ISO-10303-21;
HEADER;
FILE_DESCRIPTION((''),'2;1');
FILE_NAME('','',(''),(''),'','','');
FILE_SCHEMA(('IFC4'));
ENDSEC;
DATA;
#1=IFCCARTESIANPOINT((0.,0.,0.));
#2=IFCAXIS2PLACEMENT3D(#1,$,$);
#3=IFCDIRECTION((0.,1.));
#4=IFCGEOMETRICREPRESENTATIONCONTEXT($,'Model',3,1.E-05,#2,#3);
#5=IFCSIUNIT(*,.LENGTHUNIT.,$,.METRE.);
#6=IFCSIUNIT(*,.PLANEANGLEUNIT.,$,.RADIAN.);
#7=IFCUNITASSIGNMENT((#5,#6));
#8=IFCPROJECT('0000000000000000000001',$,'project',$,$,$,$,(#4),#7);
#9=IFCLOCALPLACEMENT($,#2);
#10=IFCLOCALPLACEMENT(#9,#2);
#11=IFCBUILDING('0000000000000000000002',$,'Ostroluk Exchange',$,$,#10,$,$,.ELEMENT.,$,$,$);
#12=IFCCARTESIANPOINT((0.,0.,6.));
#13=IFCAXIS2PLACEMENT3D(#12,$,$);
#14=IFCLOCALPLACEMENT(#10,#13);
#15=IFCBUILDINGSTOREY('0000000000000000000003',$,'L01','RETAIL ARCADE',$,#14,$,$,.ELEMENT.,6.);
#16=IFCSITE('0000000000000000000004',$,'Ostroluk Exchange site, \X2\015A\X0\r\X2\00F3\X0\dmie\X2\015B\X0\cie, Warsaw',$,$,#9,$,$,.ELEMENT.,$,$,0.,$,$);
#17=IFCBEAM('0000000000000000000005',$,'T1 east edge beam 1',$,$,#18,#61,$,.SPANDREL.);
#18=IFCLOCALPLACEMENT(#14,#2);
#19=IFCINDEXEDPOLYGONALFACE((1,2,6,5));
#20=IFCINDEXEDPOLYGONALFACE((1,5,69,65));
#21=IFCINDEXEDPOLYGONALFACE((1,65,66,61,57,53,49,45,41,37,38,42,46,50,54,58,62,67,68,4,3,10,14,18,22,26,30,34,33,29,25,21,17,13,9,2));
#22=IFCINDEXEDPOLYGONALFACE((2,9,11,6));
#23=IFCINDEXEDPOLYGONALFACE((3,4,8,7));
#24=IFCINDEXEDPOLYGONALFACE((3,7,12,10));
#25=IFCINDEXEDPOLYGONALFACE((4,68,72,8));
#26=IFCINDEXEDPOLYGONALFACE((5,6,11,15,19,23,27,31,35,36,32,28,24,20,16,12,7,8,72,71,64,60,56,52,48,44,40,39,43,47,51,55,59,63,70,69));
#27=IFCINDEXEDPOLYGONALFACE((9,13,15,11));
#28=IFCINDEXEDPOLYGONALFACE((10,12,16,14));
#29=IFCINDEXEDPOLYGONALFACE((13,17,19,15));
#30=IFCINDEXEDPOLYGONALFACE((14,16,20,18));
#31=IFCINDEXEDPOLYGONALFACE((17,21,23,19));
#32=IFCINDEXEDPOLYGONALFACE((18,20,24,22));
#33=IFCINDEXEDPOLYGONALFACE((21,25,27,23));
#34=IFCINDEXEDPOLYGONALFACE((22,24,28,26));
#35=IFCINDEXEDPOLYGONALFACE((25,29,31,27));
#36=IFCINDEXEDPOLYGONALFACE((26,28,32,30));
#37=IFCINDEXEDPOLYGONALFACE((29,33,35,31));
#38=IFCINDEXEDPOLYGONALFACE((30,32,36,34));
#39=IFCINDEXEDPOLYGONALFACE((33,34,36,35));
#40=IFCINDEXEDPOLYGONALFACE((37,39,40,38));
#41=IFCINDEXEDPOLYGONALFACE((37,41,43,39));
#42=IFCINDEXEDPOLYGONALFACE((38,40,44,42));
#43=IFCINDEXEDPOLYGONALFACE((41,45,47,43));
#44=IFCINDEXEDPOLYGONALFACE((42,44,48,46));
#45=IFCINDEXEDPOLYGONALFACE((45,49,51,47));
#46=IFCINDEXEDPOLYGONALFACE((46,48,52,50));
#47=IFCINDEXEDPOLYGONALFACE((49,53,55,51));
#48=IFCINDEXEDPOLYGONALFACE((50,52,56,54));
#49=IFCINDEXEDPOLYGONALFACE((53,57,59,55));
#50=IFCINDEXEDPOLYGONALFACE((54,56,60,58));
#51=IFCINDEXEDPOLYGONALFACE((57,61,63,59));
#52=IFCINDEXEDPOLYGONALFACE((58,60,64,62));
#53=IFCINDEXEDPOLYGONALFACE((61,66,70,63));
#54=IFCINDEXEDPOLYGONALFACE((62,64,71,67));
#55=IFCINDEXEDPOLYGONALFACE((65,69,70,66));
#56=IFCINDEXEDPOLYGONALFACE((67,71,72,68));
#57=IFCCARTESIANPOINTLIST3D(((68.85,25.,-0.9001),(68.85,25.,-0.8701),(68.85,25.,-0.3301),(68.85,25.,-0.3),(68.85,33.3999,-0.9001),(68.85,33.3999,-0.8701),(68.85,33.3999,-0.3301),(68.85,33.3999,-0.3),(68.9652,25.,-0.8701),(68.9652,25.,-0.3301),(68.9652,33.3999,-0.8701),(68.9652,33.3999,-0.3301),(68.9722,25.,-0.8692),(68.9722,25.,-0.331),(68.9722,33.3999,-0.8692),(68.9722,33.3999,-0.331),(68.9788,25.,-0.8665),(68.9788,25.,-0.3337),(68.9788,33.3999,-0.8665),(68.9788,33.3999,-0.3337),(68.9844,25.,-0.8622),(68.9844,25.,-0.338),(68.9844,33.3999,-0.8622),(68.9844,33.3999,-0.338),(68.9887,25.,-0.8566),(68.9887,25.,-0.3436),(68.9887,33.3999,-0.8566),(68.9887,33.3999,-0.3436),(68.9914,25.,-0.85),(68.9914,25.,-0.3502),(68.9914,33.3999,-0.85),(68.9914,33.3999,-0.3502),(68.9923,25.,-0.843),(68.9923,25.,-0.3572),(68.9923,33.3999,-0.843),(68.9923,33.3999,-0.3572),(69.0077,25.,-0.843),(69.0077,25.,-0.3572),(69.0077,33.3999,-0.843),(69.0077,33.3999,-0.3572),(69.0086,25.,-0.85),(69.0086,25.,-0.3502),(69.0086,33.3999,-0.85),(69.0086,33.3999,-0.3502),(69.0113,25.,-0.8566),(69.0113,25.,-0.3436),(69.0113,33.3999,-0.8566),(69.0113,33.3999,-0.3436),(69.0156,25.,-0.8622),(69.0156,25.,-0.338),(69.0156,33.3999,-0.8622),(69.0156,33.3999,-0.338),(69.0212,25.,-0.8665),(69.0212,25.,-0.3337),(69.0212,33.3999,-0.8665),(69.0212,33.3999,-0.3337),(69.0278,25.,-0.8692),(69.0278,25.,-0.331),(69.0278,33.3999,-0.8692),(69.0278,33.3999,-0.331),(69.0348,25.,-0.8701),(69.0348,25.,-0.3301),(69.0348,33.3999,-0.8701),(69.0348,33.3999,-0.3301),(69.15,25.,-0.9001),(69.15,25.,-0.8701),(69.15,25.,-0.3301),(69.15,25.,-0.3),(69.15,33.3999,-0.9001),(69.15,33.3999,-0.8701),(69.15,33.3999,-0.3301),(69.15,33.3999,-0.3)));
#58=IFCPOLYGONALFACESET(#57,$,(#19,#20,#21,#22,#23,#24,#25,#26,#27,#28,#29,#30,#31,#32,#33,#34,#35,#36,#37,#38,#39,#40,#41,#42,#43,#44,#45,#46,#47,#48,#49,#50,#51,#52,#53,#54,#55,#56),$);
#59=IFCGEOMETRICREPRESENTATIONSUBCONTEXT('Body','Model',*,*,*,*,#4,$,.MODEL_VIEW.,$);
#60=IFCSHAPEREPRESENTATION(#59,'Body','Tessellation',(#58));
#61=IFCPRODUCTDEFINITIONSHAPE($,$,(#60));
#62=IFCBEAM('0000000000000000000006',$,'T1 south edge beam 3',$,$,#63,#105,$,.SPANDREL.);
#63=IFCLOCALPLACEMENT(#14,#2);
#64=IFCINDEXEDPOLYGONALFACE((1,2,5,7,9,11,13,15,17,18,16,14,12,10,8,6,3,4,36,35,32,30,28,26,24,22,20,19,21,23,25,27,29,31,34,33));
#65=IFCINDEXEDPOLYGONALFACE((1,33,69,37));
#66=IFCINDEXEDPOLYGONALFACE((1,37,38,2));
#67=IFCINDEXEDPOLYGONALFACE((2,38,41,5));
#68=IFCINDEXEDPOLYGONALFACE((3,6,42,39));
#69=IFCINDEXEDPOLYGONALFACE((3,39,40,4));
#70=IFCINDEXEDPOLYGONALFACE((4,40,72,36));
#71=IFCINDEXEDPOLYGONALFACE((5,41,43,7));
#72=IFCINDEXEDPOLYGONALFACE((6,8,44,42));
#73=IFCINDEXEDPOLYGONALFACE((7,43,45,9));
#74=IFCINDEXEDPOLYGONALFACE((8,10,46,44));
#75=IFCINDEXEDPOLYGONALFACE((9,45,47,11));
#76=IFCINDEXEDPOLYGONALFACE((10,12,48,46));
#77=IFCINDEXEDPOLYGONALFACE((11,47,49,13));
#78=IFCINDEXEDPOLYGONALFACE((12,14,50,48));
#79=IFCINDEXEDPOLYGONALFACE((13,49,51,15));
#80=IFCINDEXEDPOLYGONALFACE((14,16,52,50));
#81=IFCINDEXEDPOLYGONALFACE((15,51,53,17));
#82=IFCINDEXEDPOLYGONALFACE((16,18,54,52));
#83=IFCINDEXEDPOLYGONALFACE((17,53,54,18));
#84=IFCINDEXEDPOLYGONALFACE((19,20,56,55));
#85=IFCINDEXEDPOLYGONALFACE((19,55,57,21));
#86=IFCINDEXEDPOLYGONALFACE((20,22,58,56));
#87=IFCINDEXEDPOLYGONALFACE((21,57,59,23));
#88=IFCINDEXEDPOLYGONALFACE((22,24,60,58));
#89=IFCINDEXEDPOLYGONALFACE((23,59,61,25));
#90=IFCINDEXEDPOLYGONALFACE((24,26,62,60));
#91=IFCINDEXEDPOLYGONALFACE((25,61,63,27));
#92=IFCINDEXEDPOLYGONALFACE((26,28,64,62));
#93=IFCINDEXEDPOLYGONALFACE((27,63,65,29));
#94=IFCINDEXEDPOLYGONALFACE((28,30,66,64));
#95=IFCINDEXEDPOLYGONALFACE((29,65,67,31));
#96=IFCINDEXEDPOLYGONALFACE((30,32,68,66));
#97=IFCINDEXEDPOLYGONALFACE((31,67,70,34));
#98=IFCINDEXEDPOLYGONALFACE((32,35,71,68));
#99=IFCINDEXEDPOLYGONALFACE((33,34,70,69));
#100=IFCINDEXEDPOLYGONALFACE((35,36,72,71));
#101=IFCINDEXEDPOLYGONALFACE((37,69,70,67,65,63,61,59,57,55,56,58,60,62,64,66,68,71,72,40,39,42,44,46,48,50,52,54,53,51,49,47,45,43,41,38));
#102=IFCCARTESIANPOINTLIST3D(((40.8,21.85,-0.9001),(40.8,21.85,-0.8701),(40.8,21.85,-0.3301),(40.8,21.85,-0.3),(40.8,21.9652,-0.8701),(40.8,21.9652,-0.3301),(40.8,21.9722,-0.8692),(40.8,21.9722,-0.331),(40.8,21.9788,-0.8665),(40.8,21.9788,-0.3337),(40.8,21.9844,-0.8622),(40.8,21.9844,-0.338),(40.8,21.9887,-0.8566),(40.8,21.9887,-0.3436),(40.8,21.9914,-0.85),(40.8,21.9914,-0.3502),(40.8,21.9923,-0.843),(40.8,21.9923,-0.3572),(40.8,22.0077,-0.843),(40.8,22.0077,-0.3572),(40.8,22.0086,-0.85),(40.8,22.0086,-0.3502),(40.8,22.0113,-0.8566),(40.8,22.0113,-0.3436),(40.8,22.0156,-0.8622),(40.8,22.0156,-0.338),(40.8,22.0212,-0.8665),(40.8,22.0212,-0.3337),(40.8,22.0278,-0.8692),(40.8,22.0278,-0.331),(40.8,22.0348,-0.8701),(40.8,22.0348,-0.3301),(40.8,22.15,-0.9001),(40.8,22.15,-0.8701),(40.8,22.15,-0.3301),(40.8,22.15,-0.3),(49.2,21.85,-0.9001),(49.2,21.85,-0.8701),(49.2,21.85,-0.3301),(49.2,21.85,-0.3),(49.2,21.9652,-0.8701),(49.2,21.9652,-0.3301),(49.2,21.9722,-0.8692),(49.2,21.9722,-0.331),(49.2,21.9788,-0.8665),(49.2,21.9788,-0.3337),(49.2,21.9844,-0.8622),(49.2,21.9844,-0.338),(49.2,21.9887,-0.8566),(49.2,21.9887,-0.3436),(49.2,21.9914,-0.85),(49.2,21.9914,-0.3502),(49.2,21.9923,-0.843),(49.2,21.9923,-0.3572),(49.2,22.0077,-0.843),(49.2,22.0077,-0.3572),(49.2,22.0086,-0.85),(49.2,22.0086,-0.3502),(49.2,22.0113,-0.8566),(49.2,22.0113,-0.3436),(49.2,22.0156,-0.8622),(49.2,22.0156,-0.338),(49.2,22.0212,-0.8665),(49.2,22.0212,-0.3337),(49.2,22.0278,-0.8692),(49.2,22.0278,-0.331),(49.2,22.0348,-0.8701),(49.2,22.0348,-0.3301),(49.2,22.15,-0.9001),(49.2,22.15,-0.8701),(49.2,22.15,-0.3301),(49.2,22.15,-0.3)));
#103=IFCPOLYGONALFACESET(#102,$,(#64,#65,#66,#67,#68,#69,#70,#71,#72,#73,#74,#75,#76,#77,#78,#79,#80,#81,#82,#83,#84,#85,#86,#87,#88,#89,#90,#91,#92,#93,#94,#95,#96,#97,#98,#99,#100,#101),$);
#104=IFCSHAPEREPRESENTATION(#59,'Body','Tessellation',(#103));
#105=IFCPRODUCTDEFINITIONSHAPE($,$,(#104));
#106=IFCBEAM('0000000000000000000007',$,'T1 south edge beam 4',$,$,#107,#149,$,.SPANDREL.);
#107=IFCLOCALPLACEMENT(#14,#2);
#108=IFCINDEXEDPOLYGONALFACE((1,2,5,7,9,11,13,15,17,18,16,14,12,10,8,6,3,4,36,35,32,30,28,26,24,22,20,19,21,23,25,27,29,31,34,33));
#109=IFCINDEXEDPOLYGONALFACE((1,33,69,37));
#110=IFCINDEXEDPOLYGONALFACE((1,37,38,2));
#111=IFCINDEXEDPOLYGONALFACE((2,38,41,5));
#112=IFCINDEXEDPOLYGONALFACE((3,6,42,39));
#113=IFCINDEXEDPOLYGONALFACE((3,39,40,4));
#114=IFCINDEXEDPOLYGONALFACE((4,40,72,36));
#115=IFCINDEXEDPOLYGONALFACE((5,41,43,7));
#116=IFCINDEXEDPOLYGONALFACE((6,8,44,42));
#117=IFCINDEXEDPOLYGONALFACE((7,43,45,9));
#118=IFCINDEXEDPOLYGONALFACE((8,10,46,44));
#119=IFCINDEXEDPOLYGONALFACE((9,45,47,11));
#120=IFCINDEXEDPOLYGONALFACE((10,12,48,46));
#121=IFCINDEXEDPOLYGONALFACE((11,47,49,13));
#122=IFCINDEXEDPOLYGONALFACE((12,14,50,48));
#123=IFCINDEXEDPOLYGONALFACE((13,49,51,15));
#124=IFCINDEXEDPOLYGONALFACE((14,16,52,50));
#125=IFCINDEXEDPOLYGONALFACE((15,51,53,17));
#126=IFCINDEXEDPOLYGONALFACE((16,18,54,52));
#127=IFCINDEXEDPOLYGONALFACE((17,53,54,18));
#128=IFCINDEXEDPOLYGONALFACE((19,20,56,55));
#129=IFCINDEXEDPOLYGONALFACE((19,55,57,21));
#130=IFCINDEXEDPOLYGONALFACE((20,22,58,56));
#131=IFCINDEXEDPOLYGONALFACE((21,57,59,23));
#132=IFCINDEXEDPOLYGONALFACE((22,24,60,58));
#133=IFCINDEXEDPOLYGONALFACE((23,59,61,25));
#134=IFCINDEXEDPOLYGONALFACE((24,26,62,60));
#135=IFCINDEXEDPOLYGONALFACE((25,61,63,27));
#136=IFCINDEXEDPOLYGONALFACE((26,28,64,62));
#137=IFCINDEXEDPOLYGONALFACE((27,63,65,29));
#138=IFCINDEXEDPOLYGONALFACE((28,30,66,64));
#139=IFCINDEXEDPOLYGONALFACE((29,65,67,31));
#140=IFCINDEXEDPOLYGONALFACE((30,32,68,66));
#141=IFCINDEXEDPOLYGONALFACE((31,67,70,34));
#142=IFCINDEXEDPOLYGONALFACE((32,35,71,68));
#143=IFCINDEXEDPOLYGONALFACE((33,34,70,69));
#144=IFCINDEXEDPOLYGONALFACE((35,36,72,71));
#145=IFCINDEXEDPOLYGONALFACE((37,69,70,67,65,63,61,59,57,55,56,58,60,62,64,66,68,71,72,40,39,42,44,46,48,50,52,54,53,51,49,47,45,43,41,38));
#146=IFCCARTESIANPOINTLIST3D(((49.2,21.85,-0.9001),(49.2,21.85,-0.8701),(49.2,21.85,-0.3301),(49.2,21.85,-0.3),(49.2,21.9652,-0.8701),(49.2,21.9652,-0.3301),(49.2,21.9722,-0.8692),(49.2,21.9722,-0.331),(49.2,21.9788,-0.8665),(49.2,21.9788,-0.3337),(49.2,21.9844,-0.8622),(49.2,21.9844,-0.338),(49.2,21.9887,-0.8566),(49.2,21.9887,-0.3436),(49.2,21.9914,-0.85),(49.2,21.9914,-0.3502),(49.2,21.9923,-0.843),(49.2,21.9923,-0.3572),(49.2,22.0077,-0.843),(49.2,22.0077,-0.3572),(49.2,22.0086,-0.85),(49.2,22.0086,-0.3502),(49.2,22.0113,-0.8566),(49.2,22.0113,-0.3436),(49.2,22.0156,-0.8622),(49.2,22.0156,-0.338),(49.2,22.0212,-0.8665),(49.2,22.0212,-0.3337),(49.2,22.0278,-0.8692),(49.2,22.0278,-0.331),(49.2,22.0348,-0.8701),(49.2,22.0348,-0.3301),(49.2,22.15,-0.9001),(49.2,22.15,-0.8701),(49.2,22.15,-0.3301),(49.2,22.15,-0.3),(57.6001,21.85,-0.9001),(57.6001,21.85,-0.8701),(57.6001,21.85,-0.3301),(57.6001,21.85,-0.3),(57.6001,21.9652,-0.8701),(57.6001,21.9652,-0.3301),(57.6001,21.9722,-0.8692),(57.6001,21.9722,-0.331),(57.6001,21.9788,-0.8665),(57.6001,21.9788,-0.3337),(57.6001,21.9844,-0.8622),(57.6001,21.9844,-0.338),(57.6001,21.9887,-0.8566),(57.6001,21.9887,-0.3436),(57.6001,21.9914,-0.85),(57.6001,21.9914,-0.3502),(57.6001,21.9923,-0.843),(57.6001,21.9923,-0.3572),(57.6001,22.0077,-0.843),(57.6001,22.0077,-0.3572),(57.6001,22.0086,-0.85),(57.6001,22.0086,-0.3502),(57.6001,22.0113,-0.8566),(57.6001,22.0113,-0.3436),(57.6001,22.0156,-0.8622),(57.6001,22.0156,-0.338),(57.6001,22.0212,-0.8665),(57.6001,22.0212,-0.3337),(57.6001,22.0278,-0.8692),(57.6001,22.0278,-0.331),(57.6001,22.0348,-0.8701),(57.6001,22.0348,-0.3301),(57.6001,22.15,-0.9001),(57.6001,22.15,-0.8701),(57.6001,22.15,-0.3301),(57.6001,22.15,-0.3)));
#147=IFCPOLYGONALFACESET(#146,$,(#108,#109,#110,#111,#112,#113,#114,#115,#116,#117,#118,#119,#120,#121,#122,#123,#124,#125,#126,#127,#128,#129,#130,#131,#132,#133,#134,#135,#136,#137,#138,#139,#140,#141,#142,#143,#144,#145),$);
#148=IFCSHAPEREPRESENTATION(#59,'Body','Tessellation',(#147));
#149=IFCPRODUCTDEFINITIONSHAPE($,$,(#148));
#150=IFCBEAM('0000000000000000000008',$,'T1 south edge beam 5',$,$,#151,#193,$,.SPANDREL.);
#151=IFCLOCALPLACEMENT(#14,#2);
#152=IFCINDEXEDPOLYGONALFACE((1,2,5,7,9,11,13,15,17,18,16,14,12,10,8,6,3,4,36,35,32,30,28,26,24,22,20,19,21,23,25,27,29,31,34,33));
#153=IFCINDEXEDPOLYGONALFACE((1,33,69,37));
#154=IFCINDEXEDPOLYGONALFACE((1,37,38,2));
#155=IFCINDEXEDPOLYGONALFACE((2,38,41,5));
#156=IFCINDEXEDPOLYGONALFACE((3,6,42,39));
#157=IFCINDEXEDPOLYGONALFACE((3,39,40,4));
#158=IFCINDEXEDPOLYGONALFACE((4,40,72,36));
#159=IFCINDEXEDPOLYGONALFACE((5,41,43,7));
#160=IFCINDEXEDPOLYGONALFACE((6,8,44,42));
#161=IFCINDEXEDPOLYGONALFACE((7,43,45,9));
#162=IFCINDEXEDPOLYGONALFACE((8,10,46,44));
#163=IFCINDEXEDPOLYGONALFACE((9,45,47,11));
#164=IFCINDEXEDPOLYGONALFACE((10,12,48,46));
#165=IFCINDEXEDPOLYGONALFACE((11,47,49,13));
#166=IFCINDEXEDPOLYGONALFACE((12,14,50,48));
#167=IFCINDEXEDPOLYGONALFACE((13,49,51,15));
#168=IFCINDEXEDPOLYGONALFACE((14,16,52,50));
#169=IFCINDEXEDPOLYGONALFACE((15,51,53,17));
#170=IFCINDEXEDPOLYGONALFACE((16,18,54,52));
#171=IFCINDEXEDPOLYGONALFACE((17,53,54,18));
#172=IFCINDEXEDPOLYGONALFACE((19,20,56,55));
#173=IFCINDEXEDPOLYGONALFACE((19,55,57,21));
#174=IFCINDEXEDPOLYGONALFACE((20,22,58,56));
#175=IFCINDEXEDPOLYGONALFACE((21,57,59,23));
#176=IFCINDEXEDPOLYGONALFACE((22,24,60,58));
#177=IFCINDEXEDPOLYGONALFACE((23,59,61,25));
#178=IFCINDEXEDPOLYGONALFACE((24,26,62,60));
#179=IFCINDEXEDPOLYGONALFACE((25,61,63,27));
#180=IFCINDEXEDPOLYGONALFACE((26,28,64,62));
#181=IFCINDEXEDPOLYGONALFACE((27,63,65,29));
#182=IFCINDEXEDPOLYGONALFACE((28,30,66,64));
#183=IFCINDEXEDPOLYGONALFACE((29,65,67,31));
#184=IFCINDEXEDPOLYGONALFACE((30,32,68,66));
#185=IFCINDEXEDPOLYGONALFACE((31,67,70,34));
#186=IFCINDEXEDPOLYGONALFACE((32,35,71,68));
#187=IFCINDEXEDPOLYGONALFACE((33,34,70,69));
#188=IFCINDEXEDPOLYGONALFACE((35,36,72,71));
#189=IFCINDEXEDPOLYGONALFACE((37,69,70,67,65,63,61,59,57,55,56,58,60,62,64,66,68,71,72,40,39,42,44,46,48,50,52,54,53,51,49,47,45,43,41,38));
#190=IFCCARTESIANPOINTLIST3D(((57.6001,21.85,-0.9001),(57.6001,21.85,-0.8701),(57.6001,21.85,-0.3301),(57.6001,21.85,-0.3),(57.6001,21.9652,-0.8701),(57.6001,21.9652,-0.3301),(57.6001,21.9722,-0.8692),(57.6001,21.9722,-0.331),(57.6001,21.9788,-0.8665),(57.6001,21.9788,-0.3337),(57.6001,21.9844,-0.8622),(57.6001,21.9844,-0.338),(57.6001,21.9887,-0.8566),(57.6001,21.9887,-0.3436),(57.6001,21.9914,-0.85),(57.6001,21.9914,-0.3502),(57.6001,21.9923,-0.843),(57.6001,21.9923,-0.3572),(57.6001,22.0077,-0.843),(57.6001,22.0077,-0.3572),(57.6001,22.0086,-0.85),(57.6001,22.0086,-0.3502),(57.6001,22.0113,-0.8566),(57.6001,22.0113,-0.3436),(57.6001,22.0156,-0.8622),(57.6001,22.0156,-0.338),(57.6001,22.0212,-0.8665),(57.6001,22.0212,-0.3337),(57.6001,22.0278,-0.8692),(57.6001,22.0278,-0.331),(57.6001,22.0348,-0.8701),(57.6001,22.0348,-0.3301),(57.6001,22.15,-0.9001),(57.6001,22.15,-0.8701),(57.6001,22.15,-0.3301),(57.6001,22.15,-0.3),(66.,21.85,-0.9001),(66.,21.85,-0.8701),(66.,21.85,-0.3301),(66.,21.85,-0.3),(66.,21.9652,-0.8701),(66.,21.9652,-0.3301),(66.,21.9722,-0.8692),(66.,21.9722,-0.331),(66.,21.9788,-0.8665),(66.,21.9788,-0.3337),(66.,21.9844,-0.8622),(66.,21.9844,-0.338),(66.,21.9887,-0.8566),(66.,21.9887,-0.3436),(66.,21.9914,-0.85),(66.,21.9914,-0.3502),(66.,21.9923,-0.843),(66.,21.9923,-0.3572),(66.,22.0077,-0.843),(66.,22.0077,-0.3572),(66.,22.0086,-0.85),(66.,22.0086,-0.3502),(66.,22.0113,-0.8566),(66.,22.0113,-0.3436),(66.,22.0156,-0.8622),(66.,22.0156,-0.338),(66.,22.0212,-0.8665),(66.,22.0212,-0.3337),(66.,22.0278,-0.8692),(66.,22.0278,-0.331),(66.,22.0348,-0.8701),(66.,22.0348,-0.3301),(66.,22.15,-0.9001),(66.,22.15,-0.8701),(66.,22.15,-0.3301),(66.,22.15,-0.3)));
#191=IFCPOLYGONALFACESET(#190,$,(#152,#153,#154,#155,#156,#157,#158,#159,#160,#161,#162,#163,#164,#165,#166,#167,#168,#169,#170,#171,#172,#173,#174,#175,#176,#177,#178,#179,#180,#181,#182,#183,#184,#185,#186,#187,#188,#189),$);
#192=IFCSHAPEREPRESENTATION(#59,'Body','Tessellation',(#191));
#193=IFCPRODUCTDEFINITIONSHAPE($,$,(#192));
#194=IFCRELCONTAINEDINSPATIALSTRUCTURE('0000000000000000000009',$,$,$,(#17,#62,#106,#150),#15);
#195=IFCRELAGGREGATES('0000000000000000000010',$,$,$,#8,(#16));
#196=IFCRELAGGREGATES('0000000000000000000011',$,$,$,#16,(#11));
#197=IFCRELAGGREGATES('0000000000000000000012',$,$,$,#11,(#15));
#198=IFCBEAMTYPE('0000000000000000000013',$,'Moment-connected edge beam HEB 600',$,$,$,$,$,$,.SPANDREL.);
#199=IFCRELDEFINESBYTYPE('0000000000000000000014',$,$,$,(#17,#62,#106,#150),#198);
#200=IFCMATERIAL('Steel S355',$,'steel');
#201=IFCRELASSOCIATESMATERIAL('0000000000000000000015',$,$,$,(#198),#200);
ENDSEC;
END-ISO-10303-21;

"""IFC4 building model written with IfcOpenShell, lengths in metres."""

from ifc_helpers import new_model, si_unit, direction, frame, origin, origin_2d, place, context, subcontext, project, spatial, i_section, extrude, material, material_profile, profile_set, type_object, element, save


model = new_model("IFC4")

# Units and contexts
model_context = context("Model", 3, precision=1e-05, world=origin(), true_north=direction((0.0, 1.0)))
body_context = subcontext(model_context, "Body", "Model", "MODEL_VIEW")
ifc_project = project(units=[si_unit("LENGTHUNIT", "METRE"), si_unit("PLANEANGLEUNIT", "RADIAN")], contexts=[model_context])

# Site, building, storey
site_placement = place(None, origin())
site = spatial("IfcSite", under=ifc_project, at=site_placement, Name="Ostroluk Exchange site, Śródmieście, Warsaw", CompositionType="ELEMENT", RefElevation=0.0)
building_placement = place(site_placement, origin())
building = spatial("IfcBuilding", under=site, at=building_placement, Name="Ostroluk Exchange", CompositionType="ELEMENT")
storey_placement = place(building_placement, frame((0.0, 0.0, 6.0)))
storey = spatial("IfcBuildingStorey", under=building, at=storey_placement, Name="L01", Description="RETAIL ARCADE", CompositionType="ELEMENT", Elevation=6.0)

# Beams
ifc_material_1 = material(Name="Steel S355", Category="steel")
ifc_material_profile_1 = material_profile(ifc_material_1, i_section(OverallWidth=0.3, OverallDepth=0.6001, WebThickness=0.0154, FlangeThickness=0.03, FilletRadius=0.0271, at=origin_2d()), Name="HEB 600")
ifc_profile_set_1 = profile_set([ifc_material_profile_1], Name="Steel S355")
beam_type_1 = type_object("IfcBeamType", Name="Moment-connected edge beam HEB 600", PredefinedType="SPANDREL", material=ifc_profile_set_1)
for number, where, z_axis, x_axis, name in (
    (1, (69.0, 25.0, -0.6001), (0.0, 1.0, 0.0), (-1.0, 0.0, 0.0), "T1 east edge beam 1"),
    (2, (40.8, 22.0, -0.6001), (1.0, 0.0, 0.0), (0.0, 1.0, 0.0), "T1 south edge beam 3"),
):
    element("IfcBeam", number, at=place(storey_placement, frame(where, z_axis=z_axis, x_axis=x_axis)), inside=storey, type_object=beam_type_1, Name=name, PredefinedType="SPANDREL", context=body_context, shape_type="SweptSolid", body=[
        extrude(i_section(OverallWidth=0.3, OverallDepth=0.6001, WebThickness=0.0154, FlangeThickness=0.03, FilletRadius=0.0271, at=origin_2d()), origin(), (0.0, 0.0, 1.0), 8.3999),
    ])
beam_1_placement = place(storey_placement, frame((49.2, 22.0, -0.6001), z_axis=(1.0, 0.0, 0.0), x_axis=(0.0, 1.0, 0.0)))
element("IfcBeam", 3, at=beam_1_placement, inside=storey, type_object=beam_type_1, Name="T1 south edge beam 4", PredefinedType="SPANDREL", context=body_context, shape_type="SweptSolid", body=[
    extrude(i_section(OverallWidth=0.3, OverallDepth=0.6001, WebThickness=0.0154, FlangeThickness=0.03, FilletRadius=0.0271, at=origin_2d()), origin(), (0.0, 0.0, 1.0), 8.4001),
])
beam_2_placement = place(storey_placement, frame((57.6001, 22.0, -0.6001), z_axis=(1.0, 0.0, 0.0), x_axis=(0.0, 1.0, 0.0)))
element("IfcBeam", 4, at=beam_2_placement, inside=storey, type_object=beam_type_1, Name="T1 south edge beam 5", PredefinedType="SPANDREL", context=body_context, shape_type="SweptSolid", body=[
    extrude(i_section(OverallWidth=0.3, OverallDepth=0.6001, WebThickness=0.0154, FlangeThickness=0.03, FilletRadius=0.0271, at=origin_2d()), origin(), (0.0, 0.0, 1.0), 8.3999),
])

save(model, "model.ifc")
